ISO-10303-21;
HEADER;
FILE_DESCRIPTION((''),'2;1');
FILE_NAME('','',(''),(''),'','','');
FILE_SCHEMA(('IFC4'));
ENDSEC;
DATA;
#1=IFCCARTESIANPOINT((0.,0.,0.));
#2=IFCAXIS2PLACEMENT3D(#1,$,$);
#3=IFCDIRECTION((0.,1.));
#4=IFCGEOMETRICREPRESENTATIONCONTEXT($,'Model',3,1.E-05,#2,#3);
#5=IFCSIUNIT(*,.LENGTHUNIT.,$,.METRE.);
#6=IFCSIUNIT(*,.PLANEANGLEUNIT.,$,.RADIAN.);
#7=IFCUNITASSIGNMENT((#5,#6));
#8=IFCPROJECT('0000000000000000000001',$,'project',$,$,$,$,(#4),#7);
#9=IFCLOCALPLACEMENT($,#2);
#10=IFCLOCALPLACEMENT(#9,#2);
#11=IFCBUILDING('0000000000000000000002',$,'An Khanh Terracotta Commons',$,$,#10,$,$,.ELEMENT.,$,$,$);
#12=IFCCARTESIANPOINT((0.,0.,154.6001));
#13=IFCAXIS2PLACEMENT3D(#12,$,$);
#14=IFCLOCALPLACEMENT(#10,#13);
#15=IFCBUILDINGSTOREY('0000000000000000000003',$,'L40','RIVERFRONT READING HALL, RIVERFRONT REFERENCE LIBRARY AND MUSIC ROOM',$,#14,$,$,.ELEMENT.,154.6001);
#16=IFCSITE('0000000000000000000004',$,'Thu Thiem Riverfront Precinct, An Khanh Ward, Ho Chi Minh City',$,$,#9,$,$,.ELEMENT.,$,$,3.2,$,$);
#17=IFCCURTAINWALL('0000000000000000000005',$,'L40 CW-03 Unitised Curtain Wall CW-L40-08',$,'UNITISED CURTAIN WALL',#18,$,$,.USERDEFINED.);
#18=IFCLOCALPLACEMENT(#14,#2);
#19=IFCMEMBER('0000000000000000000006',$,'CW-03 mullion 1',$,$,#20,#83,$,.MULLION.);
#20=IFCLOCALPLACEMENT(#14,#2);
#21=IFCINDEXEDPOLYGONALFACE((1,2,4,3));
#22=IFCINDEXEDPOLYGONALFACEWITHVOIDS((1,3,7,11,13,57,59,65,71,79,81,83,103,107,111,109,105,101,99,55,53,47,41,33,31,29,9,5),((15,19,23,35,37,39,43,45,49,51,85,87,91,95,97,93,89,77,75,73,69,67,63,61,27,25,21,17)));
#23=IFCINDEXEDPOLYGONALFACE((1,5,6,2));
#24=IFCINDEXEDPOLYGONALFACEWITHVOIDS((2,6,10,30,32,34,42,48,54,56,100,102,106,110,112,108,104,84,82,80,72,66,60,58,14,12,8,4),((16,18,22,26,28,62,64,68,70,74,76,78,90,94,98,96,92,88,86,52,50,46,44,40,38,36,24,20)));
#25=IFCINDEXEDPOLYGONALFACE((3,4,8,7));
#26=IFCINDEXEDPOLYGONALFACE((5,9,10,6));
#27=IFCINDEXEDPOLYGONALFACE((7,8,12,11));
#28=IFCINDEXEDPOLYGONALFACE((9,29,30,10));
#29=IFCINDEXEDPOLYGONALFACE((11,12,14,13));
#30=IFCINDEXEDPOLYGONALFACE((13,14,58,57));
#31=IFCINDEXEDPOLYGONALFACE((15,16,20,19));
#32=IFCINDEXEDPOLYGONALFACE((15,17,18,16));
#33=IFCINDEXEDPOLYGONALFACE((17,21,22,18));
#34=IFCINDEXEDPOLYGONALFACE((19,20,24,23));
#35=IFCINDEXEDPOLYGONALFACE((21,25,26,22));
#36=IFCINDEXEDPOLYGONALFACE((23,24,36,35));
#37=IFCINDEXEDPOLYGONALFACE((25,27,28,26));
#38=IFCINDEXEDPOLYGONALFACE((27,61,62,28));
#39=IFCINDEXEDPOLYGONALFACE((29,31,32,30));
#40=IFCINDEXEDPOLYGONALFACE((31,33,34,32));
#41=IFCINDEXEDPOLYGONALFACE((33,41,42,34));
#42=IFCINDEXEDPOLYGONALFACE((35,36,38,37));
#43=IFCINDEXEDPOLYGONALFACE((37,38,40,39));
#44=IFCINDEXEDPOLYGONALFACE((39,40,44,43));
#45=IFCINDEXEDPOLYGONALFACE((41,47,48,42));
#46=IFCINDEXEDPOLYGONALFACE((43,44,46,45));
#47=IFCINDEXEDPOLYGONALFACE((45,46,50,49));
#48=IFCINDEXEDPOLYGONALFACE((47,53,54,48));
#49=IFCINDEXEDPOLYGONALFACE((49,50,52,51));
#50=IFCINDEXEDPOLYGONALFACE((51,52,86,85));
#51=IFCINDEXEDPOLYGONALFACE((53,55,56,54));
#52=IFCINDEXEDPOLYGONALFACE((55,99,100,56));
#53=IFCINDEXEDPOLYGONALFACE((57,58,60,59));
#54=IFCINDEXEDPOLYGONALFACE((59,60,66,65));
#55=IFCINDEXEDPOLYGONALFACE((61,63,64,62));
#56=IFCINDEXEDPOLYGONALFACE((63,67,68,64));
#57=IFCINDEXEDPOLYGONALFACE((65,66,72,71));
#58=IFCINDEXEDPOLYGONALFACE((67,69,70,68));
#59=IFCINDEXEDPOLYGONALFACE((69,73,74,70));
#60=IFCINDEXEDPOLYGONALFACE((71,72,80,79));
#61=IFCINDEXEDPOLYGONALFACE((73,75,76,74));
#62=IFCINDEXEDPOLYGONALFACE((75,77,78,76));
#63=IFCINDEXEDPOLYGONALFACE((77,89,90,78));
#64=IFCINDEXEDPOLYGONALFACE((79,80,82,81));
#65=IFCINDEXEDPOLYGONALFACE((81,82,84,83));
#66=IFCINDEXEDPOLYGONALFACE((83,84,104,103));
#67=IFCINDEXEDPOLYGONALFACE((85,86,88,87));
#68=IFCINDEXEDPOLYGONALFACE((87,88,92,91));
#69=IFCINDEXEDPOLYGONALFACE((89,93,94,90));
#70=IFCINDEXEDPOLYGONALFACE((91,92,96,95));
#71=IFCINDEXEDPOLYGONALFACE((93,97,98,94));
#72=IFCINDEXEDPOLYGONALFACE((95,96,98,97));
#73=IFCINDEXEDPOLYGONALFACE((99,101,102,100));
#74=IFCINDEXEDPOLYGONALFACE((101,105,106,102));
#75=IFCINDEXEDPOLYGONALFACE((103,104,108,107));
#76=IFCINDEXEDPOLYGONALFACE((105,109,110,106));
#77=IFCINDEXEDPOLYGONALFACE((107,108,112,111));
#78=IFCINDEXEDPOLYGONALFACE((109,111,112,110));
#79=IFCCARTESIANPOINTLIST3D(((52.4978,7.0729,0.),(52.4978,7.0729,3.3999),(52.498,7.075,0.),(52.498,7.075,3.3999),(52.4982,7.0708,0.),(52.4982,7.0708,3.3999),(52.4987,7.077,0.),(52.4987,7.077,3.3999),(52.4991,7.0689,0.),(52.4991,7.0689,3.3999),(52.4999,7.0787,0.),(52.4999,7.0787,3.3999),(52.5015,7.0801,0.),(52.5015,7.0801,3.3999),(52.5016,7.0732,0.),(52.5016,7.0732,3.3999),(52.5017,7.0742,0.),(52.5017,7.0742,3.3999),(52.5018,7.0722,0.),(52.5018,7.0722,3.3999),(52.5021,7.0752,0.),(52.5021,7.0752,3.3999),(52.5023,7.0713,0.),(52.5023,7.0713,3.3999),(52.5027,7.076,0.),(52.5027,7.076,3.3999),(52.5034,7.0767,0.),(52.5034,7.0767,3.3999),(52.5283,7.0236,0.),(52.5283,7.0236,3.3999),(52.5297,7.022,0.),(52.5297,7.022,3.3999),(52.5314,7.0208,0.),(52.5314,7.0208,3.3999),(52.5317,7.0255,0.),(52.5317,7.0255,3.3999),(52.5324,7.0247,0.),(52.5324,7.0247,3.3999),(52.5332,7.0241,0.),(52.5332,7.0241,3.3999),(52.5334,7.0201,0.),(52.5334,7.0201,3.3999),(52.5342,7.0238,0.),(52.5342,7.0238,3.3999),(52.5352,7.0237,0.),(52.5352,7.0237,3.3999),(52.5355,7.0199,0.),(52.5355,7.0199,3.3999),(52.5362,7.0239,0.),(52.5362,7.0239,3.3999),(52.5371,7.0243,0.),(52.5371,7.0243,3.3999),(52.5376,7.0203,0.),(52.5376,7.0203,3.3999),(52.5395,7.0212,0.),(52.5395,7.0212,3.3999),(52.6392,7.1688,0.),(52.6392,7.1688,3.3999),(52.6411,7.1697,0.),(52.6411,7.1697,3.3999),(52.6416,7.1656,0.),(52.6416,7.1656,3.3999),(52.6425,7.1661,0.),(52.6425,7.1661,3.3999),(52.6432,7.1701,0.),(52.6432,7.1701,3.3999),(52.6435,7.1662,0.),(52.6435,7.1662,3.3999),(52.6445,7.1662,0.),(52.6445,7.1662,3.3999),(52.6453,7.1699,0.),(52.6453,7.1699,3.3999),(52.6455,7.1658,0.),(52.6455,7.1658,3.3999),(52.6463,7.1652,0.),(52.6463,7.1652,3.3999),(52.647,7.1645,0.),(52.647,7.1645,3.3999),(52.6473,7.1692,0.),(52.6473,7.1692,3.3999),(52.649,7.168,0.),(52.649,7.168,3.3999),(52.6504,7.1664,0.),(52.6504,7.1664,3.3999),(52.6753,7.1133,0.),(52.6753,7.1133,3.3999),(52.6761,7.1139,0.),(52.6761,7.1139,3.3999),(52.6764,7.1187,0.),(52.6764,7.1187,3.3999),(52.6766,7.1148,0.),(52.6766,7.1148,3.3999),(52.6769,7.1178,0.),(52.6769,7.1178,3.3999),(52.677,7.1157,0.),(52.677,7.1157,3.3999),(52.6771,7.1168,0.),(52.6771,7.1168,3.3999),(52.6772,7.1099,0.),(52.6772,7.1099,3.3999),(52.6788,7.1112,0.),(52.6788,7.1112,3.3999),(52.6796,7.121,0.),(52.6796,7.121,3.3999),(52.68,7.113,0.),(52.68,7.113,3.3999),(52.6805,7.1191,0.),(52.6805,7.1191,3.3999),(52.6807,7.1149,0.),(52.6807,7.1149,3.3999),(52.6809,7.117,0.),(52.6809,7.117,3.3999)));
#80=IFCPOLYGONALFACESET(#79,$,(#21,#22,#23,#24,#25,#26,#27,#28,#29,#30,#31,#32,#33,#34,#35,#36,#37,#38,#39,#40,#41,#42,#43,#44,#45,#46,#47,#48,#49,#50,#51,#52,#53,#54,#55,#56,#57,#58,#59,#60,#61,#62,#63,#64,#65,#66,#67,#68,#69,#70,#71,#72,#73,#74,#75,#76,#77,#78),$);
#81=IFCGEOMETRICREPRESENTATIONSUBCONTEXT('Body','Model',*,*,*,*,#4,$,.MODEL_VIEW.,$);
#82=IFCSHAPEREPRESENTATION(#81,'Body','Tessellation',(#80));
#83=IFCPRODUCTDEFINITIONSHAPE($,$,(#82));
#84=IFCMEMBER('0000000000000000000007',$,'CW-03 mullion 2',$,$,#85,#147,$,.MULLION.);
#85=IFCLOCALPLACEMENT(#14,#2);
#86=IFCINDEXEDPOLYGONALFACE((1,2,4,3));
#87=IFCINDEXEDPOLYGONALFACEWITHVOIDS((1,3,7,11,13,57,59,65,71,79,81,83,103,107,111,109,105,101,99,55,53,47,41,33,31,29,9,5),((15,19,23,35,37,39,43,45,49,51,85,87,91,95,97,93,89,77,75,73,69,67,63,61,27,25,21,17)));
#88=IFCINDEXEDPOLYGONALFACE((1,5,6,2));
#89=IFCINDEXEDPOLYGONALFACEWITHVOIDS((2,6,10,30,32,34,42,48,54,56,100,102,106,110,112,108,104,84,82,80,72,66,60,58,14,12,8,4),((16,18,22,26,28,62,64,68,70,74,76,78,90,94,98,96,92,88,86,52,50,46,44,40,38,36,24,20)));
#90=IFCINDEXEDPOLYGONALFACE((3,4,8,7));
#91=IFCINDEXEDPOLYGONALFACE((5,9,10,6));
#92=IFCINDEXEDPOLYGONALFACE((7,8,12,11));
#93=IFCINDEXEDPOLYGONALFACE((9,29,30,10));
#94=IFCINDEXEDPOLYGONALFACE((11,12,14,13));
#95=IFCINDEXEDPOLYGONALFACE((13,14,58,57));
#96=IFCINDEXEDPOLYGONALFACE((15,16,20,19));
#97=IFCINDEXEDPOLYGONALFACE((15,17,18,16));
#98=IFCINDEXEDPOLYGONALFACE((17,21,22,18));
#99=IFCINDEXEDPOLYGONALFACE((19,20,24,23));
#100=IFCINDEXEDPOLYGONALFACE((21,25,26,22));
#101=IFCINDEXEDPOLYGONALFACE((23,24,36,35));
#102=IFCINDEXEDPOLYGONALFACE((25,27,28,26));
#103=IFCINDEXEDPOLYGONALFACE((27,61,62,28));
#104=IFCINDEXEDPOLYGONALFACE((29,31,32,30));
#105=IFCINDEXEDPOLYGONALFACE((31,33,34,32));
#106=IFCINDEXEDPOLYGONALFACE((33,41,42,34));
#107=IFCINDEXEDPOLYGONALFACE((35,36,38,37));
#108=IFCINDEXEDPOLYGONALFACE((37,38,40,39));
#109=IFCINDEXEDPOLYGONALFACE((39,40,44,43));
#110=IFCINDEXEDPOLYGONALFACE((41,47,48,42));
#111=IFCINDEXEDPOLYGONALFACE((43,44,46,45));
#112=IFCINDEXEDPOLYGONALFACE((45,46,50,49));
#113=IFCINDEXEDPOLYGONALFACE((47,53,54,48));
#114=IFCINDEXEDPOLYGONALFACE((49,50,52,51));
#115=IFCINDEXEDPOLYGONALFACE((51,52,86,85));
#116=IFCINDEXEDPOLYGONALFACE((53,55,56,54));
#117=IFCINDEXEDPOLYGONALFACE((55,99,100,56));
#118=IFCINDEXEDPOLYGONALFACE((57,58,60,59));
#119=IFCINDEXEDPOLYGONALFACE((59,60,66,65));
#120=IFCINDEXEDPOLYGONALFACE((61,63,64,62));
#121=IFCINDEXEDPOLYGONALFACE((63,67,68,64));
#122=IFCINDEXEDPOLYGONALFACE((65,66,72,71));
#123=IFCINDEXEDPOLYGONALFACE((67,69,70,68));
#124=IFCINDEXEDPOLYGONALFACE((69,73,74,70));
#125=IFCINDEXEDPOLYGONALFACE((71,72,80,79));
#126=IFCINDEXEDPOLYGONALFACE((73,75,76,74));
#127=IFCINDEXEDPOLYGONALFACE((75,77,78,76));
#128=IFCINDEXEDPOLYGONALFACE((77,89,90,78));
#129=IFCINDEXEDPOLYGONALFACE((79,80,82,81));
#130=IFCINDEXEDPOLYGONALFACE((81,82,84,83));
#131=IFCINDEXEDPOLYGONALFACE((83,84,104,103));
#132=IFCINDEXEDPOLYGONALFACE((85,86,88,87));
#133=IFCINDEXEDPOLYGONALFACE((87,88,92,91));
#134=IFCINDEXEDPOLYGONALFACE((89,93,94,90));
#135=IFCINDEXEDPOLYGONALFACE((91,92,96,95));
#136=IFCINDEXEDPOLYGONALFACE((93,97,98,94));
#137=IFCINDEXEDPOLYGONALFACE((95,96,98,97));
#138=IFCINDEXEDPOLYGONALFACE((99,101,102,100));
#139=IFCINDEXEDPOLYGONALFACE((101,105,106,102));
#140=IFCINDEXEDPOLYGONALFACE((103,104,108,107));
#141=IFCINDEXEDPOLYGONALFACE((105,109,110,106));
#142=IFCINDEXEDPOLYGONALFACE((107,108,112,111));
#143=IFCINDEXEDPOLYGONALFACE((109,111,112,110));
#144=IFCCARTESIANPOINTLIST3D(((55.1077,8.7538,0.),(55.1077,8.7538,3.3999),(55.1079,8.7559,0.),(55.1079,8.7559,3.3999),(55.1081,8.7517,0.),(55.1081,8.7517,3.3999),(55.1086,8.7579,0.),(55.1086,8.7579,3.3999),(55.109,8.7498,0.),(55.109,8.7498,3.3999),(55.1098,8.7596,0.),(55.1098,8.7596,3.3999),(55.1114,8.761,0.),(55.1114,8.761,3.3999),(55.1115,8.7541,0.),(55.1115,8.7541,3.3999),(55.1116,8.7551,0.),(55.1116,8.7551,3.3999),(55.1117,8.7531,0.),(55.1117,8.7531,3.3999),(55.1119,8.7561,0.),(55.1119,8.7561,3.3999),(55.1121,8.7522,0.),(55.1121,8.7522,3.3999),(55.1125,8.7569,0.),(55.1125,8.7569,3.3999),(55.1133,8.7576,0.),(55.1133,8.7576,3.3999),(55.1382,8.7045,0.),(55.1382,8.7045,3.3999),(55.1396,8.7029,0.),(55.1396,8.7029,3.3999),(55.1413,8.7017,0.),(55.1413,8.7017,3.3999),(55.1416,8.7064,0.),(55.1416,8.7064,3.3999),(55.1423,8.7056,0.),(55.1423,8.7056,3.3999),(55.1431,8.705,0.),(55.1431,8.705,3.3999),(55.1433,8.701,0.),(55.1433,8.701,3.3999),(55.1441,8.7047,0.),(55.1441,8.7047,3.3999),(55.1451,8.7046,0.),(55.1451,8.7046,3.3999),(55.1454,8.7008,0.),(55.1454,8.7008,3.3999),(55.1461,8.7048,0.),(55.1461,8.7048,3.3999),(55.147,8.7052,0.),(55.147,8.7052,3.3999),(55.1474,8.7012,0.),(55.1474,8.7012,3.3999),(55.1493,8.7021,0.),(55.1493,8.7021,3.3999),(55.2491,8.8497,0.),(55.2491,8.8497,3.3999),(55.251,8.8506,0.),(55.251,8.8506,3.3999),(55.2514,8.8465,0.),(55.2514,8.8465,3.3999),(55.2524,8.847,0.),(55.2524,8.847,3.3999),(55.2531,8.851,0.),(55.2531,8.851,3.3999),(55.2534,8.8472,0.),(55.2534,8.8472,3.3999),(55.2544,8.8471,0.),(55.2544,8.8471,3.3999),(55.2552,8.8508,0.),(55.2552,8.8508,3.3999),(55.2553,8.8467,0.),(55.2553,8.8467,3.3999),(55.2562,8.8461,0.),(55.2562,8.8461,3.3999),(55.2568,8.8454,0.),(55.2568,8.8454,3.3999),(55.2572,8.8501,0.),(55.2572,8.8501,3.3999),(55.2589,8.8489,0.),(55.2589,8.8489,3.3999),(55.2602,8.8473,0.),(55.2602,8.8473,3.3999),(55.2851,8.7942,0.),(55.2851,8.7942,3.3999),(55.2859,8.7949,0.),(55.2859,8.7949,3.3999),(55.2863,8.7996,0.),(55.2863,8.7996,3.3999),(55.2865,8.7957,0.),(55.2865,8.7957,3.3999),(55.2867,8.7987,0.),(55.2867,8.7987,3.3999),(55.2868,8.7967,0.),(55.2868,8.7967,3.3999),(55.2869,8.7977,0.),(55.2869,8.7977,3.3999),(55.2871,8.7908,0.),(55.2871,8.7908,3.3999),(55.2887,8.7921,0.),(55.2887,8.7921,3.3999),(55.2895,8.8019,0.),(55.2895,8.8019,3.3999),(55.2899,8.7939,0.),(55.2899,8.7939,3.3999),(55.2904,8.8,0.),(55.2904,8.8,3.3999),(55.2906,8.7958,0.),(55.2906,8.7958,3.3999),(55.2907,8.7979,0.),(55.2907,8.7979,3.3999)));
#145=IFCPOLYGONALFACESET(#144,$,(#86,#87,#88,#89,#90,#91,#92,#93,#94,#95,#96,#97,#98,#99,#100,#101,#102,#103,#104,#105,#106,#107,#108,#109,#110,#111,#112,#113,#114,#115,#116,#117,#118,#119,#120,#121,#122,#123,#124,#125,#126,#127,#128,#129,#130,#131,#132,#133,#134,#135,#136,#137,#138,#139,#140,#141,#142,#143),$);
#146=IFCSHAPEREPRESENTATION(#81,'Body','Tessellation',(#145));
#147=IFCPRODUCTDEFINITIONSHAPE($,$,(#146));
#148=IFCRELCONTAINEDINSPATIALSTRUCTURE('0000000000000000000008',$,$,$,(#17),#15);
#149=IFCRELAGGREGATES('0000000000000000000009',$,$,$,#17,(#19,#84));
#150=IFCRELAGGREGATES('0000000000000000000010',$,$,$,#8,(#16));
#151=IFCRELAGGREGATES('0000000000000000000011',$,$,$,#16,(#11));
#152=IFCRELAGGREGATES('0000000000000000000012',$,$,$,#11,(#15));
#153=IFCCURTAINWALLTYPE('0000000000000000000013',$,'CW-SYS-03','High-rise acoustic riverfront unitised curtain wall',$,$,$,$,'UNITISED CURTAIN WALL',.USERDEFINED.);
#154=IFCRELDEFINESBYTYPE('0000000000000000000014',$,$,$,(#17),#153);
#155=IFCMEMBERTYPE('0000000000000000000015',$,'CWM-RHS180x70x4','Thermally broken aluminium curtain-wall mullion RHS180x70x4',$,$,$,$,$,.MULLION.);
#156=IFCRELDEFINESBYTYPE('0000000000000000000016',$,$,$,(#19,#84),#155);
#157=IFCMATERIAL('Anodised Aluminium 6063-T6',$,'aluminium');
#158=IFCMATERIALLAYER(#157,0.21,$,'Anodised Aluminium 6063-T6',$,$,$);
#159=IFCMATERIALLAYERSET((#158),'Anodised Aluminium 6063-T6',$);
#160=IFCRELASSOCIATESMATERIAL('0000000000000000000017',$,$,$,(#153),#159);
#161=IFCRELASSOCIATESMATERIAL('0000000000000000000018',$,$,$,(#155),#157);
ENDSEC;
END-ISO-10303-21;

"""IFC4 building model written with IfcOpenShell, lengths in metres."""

from ifc_helpers import new_model, si_unit, direction, frame, origin, origin_2d, place, context, subcontext, project, spatial, hollow_rectangle, extrude, material, layer, layer_set, material_profile, profile_set, type_object, element, aggregate, save


model = new_model("IFC4")

# Units and contexts
model_context = context("Model", 3, precision=1e-05, world=origin(), true_north=direction((0.0, 1.0)))
body_context = subcontext(model_context, "Body", "Model", "MODEL_VIEW")
ifc_project = project(units=[si_unit("LENGTHUNIT", "METRE"), si_unit("PLANEANGLEUNIT", "RADIAN")], contexts=[model_context])

# Site, building, storey
site_placement = place(None, origin())
site = spatial("IfcSite", under=ifc_project, at=site_placement, Name="Thu Thiem Riverfront Precinct, An Khanh Ward, Ho Chi Minh City", CompositionType="ELEMENT", RefElevation=3.2)
building_placement = place(site_placement, origin())
building = spatial("IfcBuilding", under=site, at=building_placement, Name="An Khanh Terracotta Commons", CompositionType="ELEMENT")
storey_placement = place(building_placement, frame((0.0, 0.0, 154.6001)))
storey = spatial("IfcBuildingStorey", under=building, at=storey_placement, Name="L40", Description="RIVERFRONT READING HALL, RIVERFRONT REFERENCE LIBRARY AND MUSIC ROOM", CompositionType="ELEMENT", Elevation=154.6001)

# Curtain wall, members
ifc_material_1 = material(Name="Anodised Aluminium 6063-T6", Category="aluminium")
ifc_layer_1 = layer(ifc_material_1, 0.21, Name="Anodised Aluminium 6063-T6")
ifc_layer_set_1 = layer_set([ifc_layer_1], Name="Anodised Aluminium 6063-T6")
curtain_wall_type = type_object("IfcCurtainWallType", Name="CW-SYS-03", Description="High-rise acoustic riverfront unitised curtain wall", ElementType="UNITISED CURTAIN WALL", PredefinedType="USERDEFINED", material=ifc_layer_set_1)
curtain_wall_placement = place(storey_placement, origin())
curtain_wall = element("IfcCurtainWall", 1, at=curtain_wall_placement, inside=storey, type_object=curtain_wall_type, Name="L40 CW-03 Unitised Curtain Wall CW-L40-08", ObjectType="UNITISED CURTAIN WALL", PredefinedType="USERDEFINED")
ifc_material_profile_1 = material_profile(ifc_material_1, hollow_rectangle(XDim=0.0701, YDim=0.1799, WallThickness=0.0039, InnerFilletRadius=0.0039, OuterFilletRadius=0.0081, at=origin_2d()), Name="RHS180x70x4")
ifc_profile_set_1 = profile_set([ifc_material_profile_1], Name="Anodised Aluminium 6063-T6")
member_type_1 = type_object("IfcMemberType", Name="CWM-RHS180x70x4", Description="Thermally broken aluminium curtain-wall mullion RHS180x70x4", PredefinedType="MULLION", material=ifc_profile_set_1)
member_1_placement = place(storey_placement, frame((52.5894, 7.095, 0.0), z_axis=(0.0, 0.0, 1.0), x_axis=(-0.541498, 0.840702, 0.0)))
member_1 = element("IfcMember", 2, at=member_1_placement, type_object=member_type_1, Name="CW-03 mullion 1", PredefinedType="MULLION", context=body_context, shape_type="SweptSolid", body=[
    extrude(hollow_rectangle(XDim=0.0701, YDim=0.1799, WallThickness=0.0039, InnerFilletRadius=0.0039, OuterFilletRadius=0.0081, at=origin_2d()), origin(), (0.0, 0.0, 1.0), 3.3999),
])
member_2_placement = place(storey_placement, frame((55.1992, 8.7759, 0.0), z_axis=(0.0, 0.0, 1.0), x_axis=(-0.541498, 0.840702, 0.0)))
member_2 = element("IfcMember", 3, at=member_2_placement, type_object=member_type_1, Name="CW-03 mullion 2", PredefinedType="MULLION", context=body_context, shape_type="SweptSolid", body=[
    extrude(hollow_rectangle(XDim=0.0701, YDim=0.1799, WallThickness=0.0039, InnerFilletRadius=0.0039, OuterFilletRadius=0.0081, at=origin_2d()), origin(), (0.0, 0.0, 1.0), 3.3999),
])
aggregate(curtain_wall, [member_1, member_2])

save(model, "model.ifc")
